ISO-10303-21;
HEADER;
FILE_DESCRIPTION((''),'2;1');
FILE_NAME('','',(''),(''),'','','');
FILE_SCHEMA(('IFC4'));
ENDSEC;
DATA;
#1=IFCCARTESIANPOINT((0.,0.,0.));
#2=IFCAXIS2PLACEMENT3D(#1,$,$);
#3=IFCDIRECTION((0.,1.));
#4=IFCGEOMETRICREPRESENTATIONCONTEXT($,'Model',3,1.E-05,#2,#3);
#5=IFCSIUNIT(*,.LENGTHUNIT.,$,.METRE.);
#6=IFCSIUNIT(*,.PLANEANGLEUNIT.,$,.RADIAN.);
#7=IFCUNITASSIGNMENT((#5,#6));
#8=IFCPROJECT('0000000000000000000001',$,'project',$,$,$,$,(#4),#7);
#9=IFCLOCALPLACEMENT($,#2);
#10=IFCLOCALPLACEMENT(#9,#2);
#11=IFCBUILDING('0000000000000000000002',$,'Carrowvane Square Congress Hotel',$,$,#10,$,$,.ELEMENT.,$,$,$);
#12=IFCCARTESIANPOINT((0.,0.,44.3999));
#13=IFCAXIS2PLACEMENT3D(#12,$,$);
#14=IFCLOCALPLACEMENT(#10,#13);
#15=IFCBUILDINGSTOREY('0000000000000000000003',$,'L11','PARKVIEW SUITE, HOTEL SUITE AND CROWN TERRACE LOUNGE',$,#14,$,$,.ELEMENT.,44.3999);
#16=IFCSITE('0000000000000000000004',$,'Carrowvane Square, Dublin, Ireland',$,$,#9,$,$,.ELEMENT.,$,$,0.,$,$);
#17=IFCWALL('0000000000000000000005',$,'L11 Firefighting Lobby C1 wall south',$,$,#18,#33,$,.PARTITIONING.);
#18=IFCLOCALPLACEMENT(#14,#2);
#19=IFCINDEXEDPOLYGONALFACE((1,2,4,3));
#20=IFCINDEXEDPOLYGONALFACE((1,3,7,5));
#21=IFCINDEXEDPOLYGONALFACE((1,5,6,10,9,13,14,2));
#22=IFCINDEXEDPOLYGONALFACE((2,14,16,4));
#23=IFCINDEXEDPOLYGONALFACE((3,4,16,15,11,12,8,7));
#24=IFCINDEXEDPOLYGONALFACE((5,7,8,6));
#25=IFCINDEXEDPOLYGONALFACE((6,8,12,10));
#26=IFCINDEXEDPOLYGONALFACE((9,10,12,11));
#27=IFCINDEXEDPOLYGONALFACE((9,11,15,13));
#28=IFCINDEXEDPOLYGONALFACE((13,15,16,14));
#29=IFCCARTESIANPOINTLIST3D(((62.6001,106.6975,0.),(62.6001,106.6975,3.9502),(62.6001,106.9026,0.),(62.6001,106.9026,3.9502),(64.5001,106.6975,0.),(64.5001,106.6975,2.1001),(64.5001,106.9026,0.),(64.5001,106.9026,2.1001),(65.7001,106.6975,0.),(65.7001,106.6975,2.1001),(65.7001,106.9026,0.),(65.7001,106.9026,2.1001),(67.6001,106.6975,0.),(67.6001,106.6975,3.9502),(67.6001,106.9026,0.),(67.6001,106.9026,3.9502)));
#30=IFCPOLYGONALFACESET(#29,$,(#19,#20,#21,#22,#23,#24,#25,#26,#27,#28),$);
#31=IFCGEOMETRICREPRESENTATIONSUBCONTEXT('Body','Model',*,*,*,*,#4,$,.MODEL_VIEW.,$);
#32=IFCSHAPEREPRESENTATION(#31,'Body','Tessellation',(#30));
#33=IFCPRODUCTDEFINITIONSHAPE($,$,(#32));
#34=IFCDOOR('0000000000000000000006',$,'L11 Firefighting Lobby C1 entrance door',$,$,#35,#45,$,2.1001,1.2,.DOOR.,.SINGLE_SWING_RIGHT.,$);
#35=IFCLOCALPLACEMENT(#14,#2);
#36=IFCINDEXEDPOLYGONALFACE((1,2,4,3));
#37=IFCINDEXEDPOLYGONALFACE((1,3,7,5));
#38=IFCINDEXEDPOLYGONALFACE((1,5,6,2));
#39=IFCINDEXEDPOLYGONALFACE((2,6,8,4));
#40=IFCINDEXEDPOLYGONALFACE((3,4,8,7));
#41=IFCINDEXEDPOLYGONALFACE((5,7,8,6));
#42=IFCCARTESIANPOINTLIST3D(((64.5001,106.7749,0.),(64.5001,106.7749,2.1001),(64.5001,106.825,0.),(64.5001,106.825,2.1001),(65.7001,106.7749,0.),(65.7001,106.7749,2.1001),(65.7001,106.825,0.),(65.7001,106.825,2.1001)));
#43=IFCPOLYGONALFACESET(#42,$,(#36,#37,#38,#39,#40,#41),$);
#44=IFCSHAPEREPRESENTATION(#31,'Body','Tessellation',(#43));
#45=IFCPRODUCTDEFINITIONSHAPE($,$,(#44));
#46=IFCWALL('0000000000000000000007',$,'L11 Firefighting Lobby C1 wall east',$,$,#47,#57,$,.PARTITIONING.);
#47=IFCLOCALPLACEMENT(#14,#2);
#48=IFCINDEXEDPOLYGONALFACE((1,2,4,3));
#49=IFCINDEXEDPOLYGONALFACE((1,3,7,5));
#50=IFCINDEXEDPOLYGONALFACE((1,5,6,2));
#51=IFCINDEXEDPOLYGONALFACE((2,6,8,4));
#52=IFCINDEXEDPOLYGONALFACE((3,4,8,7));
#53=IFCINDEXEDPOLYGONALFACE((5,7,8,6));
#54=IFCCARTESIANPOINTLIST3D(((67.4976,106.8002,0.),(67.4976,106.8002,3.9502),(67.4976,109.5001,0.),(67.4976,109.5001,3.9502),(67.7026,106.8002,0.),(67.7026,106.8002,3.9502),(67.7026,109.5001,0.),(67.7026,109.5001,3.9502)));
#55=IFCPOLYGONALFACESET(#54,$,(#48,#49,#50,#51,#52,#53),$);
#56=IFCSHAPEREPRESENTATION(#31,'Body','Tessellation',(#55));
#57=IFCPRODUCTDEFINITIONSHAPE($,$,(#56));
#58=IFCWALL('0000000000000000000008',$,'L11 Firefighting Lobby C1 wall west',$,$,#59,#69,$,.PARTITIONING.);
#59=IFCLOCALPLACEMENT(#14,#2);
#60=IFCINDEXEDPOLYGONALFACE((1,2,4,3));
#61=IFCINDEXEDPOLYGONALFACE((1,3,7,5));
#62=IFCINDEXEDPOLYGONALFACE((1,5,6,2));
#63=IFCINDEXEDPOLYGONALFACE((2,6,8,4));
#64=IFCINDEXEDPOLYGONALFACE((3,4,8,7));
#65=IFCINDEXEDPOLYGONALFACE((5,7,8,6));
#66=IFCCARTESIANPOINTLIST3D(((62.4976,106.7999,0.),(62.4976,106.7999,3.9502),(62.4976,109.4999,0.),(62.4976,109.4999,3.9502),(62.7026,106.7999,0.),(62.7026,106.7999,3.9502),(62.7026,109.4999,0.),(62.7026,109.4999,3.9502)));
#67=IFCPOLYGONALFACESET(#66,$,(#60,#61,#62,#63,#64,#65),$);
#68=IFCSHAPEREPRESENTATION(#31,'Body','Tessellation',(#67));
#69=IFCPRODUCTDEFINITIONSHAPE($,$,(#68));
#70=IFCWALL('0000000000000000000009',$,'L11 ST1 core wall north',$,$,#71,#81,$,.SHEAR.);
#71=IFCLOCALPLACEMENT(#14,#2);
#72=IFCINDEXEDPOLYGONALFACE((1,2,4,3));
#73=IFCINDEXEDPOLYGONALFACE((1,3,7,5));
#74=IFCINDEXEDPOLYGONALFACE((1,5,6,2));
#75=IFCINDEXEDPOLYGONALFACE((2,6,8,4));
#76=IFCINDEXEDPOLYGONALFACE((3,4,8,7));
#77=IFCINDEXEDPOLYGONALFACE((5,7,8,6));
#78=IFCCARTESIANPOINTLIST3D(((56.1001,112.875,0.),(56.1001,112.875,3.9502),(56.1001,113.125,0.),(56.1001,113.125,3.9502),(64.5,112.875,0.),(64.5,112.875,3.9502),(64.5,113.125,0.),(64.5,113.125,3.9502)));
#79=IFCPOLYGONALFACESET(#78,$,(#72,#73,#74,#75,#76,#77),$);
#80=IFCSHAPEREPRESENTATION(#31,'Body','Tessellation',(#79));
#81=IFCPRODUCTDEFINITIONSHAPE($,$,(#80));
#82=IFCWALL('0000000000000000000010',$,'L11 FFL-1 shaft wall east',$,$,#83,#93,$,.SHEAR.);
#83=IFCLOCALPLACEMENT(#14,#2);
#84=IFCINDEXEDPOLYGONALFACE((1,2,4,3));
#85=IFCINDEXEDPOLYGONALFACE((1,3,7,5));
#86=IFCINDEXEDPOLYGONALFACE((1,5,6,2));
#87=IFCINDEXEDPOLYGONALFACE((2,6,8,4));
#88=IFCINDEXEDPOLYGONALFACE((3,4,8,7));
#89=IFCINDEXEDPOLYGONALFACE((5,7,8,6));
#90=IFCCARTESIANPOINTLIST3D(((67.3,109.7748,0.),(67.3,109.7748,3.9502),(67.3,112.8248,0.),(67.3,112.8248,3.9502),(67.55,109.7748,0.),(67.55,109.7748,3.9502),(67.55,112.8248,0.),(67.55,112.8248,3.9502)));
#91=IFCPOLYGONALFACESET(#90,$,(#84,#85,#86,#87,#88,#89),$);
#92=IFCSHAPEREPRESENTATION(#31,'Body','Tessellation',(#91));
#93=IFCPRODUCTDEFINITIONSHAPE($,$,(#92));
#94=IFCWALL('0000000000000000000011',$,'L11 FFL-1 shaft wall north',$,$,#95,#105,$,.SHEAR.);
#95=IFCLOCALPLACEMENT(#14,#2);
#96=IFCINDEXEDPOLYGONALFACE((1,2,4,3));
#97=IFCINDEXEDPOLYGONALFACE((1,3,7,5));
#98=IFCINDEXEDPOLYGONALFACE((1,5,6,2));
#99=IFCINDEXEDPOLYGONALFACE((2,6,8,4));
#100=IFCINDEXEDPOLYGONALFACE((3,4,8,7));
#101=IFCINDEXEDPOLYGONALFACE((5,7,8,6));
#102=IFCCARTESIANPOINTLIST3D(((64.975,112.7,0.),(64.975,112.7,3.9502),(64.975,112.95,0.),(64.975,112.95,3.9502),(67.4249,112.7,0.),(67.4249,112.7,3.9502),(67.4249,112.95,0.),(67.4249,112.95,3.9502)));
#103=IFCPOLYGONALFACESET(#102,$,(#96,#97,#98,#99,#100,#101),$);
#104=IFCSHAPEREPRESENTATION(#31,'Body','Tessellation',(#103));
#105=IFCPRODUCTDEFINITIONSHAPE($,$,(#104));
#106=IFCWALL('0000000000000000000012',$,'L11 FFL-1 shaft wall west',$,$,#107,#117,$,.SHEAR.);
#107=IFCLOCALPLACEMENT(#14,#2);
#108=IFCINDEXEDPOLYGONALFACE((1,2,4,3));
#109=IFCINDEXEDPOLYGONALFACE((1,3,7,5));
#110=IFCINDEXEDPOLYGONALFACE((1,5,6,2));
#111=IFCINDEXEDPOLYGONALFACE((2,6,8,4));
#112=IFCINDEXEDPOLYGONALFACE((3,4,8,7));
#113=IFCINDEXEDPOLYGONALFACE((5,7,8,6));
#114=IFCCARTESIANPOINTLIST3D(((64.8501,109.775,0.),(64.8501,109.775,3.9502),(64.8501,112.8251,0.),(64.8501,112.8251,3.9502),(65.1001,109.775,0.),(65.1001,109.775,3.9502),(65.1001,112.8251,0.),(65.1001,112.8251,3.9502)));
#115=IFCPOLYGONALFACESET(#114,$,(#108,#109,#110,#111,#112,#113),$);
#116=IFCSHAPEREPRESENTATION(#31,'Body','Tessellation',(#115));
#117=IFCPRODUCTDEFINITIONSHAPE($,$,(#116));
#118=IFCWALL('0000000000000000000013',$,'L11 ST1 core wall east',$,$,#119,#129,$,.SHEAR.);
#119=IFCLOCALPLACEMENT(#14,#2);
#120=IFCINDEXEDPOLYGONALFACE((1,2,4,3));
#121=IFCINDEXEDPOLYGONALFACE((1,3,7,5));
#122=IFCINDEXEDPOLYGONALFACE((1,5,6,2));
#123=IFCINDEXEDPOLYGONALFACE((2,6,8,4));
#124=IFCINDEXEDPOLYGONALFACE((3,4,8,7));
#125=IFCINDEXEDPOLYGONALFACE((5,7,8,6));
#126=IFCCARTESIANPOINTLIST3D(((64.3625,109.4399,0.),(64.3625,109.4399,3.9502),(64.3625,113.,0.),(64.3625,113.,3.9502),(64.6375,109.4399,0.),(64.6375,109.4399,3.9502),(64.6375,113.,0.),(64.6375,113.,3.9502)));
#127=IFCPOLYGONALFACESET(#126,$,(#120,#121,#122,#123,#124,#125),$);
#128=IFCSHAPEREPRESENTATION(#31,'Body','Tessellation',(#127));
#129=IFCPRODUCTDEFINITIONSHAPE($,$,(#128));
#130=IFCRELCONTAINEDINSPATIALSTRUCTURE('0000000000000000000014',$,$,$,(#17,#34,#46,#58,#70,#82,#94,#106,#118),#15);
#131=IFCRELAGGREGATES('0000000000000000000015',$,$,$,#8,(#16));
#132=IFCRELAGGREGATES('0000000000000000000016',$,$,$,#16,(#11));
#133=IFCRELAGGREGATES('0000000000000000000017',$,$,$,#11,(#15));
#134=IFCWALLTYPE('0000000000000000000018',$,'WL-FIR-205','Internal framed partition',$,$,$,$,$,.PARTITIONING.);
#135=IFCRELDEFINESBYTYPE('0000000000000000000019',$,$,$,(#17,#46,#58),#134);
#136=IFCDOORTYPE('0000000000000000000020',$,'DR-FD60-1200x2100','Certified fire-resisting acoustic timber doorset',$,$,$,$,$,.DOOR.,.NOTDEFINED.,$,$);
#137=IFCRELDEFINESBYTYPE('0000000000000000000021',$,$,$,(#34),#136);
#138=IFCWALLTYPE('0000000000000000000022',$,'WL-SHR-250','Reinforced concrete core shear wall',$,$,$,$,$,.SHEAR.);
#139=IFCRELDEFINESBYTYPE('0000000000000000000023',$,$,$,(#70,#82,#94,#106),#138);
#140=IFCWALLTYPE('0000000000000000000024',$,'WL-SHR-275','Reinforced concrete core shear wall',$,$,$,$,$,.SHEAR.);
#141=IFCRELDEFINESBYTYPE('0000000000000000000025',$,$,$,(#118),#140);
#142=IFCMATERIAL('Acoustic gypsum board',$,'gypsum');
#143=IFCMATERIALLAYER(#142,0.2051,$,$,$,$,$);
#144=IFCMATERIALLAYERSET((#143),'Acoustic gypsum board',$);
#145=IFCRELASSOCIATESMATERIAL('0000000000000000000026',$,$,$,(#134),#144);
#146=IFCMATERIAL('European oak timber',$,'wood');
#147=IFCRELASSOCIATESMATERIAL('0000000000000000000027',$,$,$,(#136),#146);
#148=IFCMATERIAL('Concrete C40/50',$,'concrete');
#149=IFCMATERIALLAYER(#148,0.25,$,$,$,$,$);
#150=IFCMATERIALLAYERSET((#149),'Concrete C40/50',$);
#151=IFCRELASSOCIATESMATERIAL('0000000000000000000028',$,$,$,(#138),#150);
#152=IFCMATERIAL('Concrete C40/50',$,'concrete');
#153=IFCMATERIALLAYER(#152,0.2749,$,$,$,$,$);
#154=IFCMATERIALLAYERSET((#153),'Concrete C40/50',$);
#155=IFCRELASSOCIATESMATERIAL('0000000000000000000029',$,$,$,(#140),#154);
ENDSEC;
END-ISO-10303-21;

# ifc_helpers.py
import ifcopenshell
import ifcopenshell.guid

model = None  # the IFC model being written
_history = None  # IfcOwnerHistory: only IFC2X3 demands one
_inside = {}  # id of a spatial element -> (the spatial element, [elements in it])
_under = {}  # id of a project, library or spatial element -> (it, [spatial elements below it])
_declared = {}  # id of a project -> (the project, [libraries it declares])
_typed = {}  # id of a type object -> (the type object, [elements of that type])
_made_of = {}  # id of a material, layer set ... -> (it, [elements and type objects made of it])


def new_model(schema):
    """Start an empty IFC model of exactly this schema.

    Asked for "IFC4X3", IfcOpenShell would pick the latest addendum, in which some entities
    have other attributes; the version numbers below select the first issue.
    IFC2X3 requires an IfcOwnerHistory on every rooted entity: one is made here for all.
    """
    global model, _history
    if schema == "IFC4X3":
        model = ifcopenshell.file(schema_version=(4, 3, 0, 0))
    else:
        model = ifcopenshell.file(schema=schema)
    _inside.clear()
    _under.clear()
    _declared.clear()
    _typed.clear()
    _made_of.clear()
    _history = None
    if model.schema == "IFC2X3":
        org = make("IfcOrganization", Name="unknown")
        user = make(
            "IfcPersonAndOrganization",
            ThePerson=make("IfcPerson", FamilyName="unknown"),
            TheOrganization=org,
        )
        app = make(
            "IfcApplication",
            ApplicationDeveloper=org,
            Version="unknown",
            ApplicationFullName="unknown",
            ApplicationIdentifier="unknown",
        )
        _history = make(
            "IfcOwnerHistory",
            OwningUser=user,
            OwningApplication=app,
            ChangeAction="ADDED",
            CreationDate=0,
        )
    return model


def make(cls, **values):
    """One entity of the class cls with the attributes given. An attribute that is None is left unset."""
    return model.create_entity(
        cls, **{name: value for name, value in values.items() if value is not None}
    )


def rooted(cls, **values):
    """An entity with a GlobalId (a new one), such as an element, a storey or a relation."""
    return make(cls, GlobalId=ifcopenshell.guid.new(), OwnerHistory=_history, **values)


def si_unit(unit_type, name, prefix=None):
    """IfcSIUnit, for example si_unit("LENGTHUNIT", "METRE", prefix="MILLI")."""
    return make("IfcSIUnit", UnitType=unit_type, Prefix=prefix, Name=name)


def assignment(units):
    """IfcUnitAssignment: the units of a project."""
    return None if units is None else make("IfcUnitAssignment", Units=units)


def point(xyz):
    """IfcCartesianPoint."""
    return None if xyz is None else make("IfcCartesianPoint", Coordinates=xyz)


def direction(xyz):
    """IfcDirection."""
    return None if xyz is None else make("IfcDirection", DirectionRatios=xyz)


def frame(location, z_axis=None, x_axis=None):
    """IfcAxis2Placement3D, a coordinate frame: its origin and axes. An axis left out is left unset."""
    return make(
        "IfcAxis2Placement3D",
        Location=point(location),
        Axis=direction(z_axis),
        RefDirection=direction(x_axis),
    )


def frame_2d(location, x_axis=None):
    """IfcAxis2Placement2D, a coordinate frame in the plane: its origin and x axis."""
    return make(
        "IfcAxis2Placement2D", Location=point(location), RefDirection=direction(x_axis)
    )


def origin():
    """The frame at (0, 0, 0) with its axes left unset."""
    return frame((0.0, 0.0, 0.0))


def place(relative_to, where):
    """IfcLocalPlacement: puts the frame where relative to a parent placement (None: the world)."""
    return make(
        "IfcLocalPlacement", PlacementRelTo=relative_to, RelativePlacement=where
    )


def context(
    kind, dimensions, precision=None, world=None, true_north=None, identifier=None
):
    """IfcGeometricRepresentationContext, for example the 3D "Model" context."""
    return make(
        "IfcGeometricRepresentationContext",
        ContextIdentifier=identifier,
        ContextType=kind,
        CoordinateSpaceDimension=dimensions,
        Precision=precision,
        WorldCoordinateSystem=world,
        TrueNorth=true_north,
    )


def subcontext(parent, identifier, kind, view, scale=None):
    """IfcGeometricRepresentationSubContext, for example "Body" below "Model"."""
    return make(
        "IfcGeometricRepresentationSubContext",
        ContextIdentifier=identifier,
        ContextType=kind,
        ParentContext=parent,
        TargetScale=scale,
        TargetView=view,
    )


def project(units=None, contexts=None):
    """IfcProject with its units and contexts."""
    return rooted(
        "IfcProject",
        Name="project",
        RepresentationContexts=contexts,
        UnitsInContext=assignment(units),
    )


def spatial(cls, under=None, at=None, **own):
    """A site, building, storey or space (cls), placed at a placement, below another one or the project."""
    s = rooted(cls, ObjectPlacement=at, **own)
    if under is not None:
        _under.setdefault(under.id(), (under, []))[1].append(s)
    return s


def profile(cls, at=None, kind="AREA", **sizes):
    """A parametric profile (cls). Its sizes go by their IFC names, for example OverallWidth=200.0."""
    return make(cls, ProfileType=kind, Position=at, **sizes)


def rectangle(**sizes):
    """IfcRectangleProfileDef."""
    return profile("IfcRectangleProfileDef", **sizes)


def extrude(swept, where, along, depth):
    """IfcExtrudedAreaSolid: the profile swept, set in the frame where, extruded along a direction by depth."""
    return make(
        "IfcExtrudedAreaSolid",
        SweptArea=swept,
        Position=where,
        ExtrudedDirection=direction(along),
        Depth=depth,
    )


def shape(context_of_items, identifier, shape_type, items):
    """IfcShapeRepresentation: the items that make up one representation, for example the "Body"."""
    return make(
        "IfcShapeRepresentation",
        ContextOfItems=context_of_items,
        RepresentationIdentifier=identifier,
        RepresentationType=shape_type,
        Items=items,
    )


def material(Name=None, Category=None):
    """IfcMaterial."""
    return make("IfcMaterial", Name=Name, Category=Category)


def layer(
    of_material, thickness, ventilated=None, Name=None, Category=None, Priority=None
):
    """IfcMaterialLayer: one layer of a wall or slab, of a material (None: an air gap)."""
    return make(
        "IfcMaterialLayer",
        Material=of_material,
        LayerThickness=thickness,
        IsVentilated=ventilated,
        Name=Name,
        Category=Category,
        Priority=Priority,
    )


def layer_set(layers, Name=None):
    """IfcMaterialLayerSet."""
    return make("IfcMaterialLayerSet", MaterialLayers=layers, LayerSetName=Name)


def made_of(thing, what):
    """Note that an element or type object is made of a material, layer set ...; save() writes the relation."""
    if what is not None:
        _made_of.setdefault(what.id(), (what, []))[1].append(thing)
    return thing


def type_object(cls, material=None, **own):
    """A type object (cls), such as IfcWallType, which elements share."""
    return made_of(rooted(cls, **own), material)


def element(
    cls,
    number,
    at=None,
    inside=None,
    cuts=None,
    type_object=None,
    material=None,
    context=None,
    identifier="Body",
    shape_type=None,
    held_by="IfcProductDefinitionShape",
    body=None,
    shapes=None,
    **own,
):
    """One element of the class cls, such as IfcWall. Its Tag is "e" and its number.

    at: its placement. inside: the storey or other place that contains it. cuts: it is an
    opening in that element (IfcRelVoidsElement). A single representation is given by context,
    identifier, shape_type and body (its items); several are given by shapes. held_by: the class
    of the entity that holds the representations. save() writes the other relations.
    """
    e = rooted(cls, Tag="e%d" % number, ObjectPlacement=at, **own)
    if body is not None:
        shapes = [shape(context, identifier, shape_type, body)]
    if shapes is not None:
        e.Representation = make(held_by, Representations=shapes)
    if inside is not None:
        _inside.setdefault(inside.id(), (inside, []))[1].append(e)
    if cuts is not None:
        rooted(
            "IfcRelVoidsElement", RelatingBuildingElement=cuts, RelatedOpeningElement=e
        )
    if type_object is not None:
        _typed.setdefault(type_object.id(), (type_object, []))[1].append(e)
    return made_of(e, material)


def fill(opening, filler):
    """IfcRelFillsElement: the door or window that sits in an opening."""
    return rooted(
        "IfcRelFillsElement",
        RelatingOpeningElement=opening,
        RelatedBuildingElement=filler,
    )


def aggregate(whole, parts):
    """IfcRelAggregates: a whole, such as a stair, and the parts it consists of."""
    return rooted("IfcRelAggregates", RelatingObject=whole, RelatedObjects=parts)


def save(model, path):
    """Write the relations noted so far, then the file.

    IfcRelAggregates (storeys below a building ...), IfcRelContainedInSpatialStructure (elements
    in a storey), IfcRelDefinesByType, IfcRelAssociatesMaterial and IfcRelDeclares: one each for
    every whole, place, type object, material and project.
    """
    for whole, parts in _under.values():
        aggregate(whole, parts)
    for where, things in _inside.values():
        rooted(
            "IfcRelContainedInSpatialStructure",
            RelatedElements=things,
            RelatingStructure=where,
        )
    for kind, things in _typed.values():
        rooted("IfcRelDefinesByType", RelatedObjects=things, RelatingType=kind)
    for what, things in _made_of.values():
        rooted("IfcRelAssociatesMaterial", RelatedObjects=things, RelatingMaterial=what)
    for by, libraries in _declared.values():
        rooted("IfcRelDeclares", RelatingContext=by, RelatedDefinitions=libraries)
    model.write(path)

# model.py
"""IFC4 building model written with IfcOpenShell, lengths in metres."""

from ifc_helpers import new_model, si_unit, direction, frame, frame_2d, origin, place, context, subcontext, project, spatial, rectangle, extrude, material, layer, layer_set, type_object, element, fill, save


model = new_model("IFC4")

# Units and contexts
model_context = context("Model", 3, precision=1e-05, world=origin(), true_north=direction((0.0, 1.0)))
body_context = subcontext(model_context, "Body", "Model", "MODEL_VIEW")
ifc_project = project(units=[si_unit("LENGTHUNIT", "METRE"), si_unit("PLANEANGLEUNIT", "RADIAN")], contexts=[model_context])

# Site, building, storey
site_placement = place(None, origin())
site = spatial("IfcSite", under=ifc_project, at=site_placement, Name="Carrowvane Square, Dublin, Ireland", CompositionType="ELEMENT", RefElevation=0.0)
building_placement = place(site_placement, origin())
building = spatial("IfcBuilding", under=site, at=building_placement, Name="Carrowvane Square Congress Hotel", CompositionType="ELEMENT")
storey_placement = place(building_placement, frame((0.0, 0.0, 44.3999)))
storey = spatial("IfcBuildingStorey", under=building, at=storey_placement, Name="L11", Description="PARKVIEW SUITE, HOTEL SUITE AND CROWN TERRACE LOUNGE", CompositionType="ELEMENT", Elevation=44.3999)

# Wall, opening, door
ifc_material_1 = material(Name="Acoustic gypsum board", Category="gypsum")
ifc_layer_1 = layer(ifc_material_1, 0.2051)
ifc_layer_set_1 = layer_set([ifc_layer_1], Name="Acoustic gypsum board")
wall_type_1 = type_object("IfcWallType", Name="WL-FIR-205", Description="Internal framed partition", PredefinedType="PARTITIONING", material=ifc_layer_set_1)
wall_1_placement = place(storey_placement, frame((62.6001, 106.8, 0.0), z_axis=(0.0, 0.0, 1.0), x_axis=(1.0, 0.0, 0.0)))
wall_1 = element("IfcWall", 1, at=wall_1_placement, inside=storey, type_object=wall_type_1, Name="L11 Firefighting Lobby C1 wall south", PredefinedType="PARTITIONING", context=body_context, shape_type="SweptSolid", body=[
    extrude(rectangle(XDim=5.0, YDim=0.2051, at=frame_2d((2.5, 0.0))), origin(), (0.0, 0.0, 1.0), 3.9502),
])
opening_1_placement = place(wall_1_placement, frame((1.8999, 0.0, 0.0)))
opening_1 = element("IfcOpeningElement", 2, at=opening_1_placement, cuts=wall_1, PredefinedType="OPENING", context=body_context, shape_type="SweptSolid", body=[
    extrude(rectangle(XDim=1.2, YDim=2.1001, at=frame_2d((0.6001, 1.05))), frame((0.0, 0.1125, 0.0), z_axis=(0.0, -1.0, 0.0), x_axis=(1.0, 0.0, 0.0)), (0.0, 0.0, 1.0), 0.2251),
])
ifc_material_2 = material(Name="European oak timber", Category="wood")
door_type_1 = type_object("IfcDoorType", Name="DR-FD60-1200x2100", Description="Certified fire-resisting acoustic timber doorset", OperationType="NOTDEFINED", PredefinedType="DOOR", material=ifc_material_2)
door_1_placement = place(opening_1_placement, origin())
door_1 = element("IfcDoor", 3, at=door_1_placement, inside=storey, type_object=door_type_1, Name="L11 Firefighting Lobby C1 entrance door", OperationType="SINGLE_SWING_RIGHT", OverallHeight=2.1001, OverallWidth=1.2, PredefinedType="DOOR", context=body_context, shape_type="SweptSolid", body=[
    extrude(rectangle(XDim=1.2, YDim=2.1001, at=frame_2d((0.6001, 1.05))), frame((0.0, 0.0249, 0.0), z_axis=(0.0, -1.0, 0.0), x_axis=(1.0, 0.0, 0.0)), (0.0, 0.0, 1.0), 0.05),
])
fill(opening_1, door_1)

# Walls
for number, where, z_axis, x_axis, name in (
    (4, (67.6001, 106.8, 0.0), (0.0, 0.0, 1.0), (0.0, 1.0, 0.0), "L11 Firefighting Lobby C1 wall east"),
    (5, (62.6001, 109.5, 0.0), (0.0, 0.0, 1.0), (0.0, -1.0, 0.0), "L11 Firefighting Lobby C1 wall west"),
):
    element("IfcWall", number, at=place(storey_placement, frame(where, z_axis=z_axis, x_axis=x_axis)), inside=storey, type_object=wall_type_1, Name=name, PredefinedType="PARTITIONING", context=body_context, shape_type="SweptSolid", body=[
        extrude(rectangle(XDim=2.7, YDim=0.2051, at=frame_2d((1.3501, 0.0))), origin(), (0.0, 0.0, 1.0), 3.9502),
    ])
ifc_material_3 = material(Name="Concrete C40/50", Category="concrete")
ifc_layer_2 = layer(ifc_material_3, 0.25)
ifc_layer_set_2 = layer_set([ifc_layer_2], Name="Concrete C40/50")
wall_type_2 = type_object("IfcWallType", Name="WL-SHR-250", Description="Reinforced concrete core shear wall", PredefinedType="SHEAR", material=ifc_layer_set_2)
wall_2_placement = place(storey_placement, frame((64.5, 113.0, 0.0), z_axis=(0.0, 0.0, 1.0), x_axis=(-1.0, 0.0, 0.0)))
element("IfcWall", 6, at=wall_2_placement, inside=storey, type_object=wall_type_2, Name="L11 ST1 core wall north", PredefinedType="SHEAR", context=body_context, shape_type="SweptSolid", body=[
    extrude(rectangle(XDim=8.3999, YDim=0.25, at=frame_2d((4.2, 0.0))), origin(), (0.0, 0.0, 1.0), 3.9502),
])

# Walls
wall_3_placement = place(storey_placement, frame((67.425, 109.7749, 0.0), z_axis=(0.0, 0.0, 1.0), x_axis=(0.0, 1.0, 0.0)))
element("IfcWall", 7, at=wall_3_placement, inside=storey, type_object=wall_type_2, Name="L11 FFL-1 shaft wall east", PredefinedType="SHEAR", context=body_context, shape_type="SweptSolid", body=[
    extrude(rectangle(XDim=3.05, YDim=0.25, at=frame_2d((1.5249, 0.0))), origin(), (0.0, 0.0, 1.0), 3.9502),
])
wall_4_placement = place(storey_placement, frame((67.425, 112.825, 0.0), z_axis=(0.0, 0.0, 1.0), x_axis=(-1.0, 0.0, 0.0)))
element("IfcWall", 8, at=wall_4_placement, inside=storey, type_object=wall_type_2, Name="L11 FFL-1 shaft wall north", PredefinedType="SHEAR", context=body_context, shape_type="SweptSolid", body=[
    extrude(rectangle(XDim=2.45, YDim=0.25, at=frame_2d((1.2251, 0.0))), origin(), (0.0, 0.0, 1.0), 3.9502),
])
wall_5_placement = place(storey_placement, frame((64.9751, 112.825, 0.0), z_axis=(0.0, 0.0, 1.0), x_axis=(0.0, -1.0, 0.0)))
element("IfcWall", 9, at=wall_5_placement, inside=storey, type_object=wall_type_2, Name="L11 FFL-1 shaft wall west", PredefinedType="SHEAR", context=body_context, shape_type="SweptSolid", body=[
    extrude(rectangle(XDim=3.05, YDim=0.25, at=frame_2d((1.5249, 0.0))), origin(), (0.0, 0.0, 1.0), 3.9502),
])
ifc_material_4 = material(Name="Concrete C40/50", Category="concrete")
ifc_layer_3 = layer(ifc_material_4, 0.2749)
ifc_layer_set_3 = layer_set([ifc_layer_3], Name="Concrete C40/50")
wall_type_3 = type_object("IfcWallType", Name="WL-SHR-275", Description="Reinforced concrete core shear wall", PredefinedType="SHEAR", material=ifc_layer_set_3)
wall_6_placement = place(storey_placement, frame((64.5, 109.4399, 0.0), z_axis=(0.0, 0.0, 1.0), x_axis=(0.0, 1.0, 0.0)))
element("IfcWall", 10, at=wall_6_placement, inside=storey, type_object=wall_type_3, Name="L11 ST1 core wall east", PredefinedType="SHEAR", context=body_context, shape_type="SweptSolid", body=[
    extrude(rectangle(XDim=3.5601, YDim=0.2749, at=frame_2d((1.78, 0.0))), origin(), (0.0, 0.0, 1.0), 3.9502),
])

save(model, "model.ifc")
